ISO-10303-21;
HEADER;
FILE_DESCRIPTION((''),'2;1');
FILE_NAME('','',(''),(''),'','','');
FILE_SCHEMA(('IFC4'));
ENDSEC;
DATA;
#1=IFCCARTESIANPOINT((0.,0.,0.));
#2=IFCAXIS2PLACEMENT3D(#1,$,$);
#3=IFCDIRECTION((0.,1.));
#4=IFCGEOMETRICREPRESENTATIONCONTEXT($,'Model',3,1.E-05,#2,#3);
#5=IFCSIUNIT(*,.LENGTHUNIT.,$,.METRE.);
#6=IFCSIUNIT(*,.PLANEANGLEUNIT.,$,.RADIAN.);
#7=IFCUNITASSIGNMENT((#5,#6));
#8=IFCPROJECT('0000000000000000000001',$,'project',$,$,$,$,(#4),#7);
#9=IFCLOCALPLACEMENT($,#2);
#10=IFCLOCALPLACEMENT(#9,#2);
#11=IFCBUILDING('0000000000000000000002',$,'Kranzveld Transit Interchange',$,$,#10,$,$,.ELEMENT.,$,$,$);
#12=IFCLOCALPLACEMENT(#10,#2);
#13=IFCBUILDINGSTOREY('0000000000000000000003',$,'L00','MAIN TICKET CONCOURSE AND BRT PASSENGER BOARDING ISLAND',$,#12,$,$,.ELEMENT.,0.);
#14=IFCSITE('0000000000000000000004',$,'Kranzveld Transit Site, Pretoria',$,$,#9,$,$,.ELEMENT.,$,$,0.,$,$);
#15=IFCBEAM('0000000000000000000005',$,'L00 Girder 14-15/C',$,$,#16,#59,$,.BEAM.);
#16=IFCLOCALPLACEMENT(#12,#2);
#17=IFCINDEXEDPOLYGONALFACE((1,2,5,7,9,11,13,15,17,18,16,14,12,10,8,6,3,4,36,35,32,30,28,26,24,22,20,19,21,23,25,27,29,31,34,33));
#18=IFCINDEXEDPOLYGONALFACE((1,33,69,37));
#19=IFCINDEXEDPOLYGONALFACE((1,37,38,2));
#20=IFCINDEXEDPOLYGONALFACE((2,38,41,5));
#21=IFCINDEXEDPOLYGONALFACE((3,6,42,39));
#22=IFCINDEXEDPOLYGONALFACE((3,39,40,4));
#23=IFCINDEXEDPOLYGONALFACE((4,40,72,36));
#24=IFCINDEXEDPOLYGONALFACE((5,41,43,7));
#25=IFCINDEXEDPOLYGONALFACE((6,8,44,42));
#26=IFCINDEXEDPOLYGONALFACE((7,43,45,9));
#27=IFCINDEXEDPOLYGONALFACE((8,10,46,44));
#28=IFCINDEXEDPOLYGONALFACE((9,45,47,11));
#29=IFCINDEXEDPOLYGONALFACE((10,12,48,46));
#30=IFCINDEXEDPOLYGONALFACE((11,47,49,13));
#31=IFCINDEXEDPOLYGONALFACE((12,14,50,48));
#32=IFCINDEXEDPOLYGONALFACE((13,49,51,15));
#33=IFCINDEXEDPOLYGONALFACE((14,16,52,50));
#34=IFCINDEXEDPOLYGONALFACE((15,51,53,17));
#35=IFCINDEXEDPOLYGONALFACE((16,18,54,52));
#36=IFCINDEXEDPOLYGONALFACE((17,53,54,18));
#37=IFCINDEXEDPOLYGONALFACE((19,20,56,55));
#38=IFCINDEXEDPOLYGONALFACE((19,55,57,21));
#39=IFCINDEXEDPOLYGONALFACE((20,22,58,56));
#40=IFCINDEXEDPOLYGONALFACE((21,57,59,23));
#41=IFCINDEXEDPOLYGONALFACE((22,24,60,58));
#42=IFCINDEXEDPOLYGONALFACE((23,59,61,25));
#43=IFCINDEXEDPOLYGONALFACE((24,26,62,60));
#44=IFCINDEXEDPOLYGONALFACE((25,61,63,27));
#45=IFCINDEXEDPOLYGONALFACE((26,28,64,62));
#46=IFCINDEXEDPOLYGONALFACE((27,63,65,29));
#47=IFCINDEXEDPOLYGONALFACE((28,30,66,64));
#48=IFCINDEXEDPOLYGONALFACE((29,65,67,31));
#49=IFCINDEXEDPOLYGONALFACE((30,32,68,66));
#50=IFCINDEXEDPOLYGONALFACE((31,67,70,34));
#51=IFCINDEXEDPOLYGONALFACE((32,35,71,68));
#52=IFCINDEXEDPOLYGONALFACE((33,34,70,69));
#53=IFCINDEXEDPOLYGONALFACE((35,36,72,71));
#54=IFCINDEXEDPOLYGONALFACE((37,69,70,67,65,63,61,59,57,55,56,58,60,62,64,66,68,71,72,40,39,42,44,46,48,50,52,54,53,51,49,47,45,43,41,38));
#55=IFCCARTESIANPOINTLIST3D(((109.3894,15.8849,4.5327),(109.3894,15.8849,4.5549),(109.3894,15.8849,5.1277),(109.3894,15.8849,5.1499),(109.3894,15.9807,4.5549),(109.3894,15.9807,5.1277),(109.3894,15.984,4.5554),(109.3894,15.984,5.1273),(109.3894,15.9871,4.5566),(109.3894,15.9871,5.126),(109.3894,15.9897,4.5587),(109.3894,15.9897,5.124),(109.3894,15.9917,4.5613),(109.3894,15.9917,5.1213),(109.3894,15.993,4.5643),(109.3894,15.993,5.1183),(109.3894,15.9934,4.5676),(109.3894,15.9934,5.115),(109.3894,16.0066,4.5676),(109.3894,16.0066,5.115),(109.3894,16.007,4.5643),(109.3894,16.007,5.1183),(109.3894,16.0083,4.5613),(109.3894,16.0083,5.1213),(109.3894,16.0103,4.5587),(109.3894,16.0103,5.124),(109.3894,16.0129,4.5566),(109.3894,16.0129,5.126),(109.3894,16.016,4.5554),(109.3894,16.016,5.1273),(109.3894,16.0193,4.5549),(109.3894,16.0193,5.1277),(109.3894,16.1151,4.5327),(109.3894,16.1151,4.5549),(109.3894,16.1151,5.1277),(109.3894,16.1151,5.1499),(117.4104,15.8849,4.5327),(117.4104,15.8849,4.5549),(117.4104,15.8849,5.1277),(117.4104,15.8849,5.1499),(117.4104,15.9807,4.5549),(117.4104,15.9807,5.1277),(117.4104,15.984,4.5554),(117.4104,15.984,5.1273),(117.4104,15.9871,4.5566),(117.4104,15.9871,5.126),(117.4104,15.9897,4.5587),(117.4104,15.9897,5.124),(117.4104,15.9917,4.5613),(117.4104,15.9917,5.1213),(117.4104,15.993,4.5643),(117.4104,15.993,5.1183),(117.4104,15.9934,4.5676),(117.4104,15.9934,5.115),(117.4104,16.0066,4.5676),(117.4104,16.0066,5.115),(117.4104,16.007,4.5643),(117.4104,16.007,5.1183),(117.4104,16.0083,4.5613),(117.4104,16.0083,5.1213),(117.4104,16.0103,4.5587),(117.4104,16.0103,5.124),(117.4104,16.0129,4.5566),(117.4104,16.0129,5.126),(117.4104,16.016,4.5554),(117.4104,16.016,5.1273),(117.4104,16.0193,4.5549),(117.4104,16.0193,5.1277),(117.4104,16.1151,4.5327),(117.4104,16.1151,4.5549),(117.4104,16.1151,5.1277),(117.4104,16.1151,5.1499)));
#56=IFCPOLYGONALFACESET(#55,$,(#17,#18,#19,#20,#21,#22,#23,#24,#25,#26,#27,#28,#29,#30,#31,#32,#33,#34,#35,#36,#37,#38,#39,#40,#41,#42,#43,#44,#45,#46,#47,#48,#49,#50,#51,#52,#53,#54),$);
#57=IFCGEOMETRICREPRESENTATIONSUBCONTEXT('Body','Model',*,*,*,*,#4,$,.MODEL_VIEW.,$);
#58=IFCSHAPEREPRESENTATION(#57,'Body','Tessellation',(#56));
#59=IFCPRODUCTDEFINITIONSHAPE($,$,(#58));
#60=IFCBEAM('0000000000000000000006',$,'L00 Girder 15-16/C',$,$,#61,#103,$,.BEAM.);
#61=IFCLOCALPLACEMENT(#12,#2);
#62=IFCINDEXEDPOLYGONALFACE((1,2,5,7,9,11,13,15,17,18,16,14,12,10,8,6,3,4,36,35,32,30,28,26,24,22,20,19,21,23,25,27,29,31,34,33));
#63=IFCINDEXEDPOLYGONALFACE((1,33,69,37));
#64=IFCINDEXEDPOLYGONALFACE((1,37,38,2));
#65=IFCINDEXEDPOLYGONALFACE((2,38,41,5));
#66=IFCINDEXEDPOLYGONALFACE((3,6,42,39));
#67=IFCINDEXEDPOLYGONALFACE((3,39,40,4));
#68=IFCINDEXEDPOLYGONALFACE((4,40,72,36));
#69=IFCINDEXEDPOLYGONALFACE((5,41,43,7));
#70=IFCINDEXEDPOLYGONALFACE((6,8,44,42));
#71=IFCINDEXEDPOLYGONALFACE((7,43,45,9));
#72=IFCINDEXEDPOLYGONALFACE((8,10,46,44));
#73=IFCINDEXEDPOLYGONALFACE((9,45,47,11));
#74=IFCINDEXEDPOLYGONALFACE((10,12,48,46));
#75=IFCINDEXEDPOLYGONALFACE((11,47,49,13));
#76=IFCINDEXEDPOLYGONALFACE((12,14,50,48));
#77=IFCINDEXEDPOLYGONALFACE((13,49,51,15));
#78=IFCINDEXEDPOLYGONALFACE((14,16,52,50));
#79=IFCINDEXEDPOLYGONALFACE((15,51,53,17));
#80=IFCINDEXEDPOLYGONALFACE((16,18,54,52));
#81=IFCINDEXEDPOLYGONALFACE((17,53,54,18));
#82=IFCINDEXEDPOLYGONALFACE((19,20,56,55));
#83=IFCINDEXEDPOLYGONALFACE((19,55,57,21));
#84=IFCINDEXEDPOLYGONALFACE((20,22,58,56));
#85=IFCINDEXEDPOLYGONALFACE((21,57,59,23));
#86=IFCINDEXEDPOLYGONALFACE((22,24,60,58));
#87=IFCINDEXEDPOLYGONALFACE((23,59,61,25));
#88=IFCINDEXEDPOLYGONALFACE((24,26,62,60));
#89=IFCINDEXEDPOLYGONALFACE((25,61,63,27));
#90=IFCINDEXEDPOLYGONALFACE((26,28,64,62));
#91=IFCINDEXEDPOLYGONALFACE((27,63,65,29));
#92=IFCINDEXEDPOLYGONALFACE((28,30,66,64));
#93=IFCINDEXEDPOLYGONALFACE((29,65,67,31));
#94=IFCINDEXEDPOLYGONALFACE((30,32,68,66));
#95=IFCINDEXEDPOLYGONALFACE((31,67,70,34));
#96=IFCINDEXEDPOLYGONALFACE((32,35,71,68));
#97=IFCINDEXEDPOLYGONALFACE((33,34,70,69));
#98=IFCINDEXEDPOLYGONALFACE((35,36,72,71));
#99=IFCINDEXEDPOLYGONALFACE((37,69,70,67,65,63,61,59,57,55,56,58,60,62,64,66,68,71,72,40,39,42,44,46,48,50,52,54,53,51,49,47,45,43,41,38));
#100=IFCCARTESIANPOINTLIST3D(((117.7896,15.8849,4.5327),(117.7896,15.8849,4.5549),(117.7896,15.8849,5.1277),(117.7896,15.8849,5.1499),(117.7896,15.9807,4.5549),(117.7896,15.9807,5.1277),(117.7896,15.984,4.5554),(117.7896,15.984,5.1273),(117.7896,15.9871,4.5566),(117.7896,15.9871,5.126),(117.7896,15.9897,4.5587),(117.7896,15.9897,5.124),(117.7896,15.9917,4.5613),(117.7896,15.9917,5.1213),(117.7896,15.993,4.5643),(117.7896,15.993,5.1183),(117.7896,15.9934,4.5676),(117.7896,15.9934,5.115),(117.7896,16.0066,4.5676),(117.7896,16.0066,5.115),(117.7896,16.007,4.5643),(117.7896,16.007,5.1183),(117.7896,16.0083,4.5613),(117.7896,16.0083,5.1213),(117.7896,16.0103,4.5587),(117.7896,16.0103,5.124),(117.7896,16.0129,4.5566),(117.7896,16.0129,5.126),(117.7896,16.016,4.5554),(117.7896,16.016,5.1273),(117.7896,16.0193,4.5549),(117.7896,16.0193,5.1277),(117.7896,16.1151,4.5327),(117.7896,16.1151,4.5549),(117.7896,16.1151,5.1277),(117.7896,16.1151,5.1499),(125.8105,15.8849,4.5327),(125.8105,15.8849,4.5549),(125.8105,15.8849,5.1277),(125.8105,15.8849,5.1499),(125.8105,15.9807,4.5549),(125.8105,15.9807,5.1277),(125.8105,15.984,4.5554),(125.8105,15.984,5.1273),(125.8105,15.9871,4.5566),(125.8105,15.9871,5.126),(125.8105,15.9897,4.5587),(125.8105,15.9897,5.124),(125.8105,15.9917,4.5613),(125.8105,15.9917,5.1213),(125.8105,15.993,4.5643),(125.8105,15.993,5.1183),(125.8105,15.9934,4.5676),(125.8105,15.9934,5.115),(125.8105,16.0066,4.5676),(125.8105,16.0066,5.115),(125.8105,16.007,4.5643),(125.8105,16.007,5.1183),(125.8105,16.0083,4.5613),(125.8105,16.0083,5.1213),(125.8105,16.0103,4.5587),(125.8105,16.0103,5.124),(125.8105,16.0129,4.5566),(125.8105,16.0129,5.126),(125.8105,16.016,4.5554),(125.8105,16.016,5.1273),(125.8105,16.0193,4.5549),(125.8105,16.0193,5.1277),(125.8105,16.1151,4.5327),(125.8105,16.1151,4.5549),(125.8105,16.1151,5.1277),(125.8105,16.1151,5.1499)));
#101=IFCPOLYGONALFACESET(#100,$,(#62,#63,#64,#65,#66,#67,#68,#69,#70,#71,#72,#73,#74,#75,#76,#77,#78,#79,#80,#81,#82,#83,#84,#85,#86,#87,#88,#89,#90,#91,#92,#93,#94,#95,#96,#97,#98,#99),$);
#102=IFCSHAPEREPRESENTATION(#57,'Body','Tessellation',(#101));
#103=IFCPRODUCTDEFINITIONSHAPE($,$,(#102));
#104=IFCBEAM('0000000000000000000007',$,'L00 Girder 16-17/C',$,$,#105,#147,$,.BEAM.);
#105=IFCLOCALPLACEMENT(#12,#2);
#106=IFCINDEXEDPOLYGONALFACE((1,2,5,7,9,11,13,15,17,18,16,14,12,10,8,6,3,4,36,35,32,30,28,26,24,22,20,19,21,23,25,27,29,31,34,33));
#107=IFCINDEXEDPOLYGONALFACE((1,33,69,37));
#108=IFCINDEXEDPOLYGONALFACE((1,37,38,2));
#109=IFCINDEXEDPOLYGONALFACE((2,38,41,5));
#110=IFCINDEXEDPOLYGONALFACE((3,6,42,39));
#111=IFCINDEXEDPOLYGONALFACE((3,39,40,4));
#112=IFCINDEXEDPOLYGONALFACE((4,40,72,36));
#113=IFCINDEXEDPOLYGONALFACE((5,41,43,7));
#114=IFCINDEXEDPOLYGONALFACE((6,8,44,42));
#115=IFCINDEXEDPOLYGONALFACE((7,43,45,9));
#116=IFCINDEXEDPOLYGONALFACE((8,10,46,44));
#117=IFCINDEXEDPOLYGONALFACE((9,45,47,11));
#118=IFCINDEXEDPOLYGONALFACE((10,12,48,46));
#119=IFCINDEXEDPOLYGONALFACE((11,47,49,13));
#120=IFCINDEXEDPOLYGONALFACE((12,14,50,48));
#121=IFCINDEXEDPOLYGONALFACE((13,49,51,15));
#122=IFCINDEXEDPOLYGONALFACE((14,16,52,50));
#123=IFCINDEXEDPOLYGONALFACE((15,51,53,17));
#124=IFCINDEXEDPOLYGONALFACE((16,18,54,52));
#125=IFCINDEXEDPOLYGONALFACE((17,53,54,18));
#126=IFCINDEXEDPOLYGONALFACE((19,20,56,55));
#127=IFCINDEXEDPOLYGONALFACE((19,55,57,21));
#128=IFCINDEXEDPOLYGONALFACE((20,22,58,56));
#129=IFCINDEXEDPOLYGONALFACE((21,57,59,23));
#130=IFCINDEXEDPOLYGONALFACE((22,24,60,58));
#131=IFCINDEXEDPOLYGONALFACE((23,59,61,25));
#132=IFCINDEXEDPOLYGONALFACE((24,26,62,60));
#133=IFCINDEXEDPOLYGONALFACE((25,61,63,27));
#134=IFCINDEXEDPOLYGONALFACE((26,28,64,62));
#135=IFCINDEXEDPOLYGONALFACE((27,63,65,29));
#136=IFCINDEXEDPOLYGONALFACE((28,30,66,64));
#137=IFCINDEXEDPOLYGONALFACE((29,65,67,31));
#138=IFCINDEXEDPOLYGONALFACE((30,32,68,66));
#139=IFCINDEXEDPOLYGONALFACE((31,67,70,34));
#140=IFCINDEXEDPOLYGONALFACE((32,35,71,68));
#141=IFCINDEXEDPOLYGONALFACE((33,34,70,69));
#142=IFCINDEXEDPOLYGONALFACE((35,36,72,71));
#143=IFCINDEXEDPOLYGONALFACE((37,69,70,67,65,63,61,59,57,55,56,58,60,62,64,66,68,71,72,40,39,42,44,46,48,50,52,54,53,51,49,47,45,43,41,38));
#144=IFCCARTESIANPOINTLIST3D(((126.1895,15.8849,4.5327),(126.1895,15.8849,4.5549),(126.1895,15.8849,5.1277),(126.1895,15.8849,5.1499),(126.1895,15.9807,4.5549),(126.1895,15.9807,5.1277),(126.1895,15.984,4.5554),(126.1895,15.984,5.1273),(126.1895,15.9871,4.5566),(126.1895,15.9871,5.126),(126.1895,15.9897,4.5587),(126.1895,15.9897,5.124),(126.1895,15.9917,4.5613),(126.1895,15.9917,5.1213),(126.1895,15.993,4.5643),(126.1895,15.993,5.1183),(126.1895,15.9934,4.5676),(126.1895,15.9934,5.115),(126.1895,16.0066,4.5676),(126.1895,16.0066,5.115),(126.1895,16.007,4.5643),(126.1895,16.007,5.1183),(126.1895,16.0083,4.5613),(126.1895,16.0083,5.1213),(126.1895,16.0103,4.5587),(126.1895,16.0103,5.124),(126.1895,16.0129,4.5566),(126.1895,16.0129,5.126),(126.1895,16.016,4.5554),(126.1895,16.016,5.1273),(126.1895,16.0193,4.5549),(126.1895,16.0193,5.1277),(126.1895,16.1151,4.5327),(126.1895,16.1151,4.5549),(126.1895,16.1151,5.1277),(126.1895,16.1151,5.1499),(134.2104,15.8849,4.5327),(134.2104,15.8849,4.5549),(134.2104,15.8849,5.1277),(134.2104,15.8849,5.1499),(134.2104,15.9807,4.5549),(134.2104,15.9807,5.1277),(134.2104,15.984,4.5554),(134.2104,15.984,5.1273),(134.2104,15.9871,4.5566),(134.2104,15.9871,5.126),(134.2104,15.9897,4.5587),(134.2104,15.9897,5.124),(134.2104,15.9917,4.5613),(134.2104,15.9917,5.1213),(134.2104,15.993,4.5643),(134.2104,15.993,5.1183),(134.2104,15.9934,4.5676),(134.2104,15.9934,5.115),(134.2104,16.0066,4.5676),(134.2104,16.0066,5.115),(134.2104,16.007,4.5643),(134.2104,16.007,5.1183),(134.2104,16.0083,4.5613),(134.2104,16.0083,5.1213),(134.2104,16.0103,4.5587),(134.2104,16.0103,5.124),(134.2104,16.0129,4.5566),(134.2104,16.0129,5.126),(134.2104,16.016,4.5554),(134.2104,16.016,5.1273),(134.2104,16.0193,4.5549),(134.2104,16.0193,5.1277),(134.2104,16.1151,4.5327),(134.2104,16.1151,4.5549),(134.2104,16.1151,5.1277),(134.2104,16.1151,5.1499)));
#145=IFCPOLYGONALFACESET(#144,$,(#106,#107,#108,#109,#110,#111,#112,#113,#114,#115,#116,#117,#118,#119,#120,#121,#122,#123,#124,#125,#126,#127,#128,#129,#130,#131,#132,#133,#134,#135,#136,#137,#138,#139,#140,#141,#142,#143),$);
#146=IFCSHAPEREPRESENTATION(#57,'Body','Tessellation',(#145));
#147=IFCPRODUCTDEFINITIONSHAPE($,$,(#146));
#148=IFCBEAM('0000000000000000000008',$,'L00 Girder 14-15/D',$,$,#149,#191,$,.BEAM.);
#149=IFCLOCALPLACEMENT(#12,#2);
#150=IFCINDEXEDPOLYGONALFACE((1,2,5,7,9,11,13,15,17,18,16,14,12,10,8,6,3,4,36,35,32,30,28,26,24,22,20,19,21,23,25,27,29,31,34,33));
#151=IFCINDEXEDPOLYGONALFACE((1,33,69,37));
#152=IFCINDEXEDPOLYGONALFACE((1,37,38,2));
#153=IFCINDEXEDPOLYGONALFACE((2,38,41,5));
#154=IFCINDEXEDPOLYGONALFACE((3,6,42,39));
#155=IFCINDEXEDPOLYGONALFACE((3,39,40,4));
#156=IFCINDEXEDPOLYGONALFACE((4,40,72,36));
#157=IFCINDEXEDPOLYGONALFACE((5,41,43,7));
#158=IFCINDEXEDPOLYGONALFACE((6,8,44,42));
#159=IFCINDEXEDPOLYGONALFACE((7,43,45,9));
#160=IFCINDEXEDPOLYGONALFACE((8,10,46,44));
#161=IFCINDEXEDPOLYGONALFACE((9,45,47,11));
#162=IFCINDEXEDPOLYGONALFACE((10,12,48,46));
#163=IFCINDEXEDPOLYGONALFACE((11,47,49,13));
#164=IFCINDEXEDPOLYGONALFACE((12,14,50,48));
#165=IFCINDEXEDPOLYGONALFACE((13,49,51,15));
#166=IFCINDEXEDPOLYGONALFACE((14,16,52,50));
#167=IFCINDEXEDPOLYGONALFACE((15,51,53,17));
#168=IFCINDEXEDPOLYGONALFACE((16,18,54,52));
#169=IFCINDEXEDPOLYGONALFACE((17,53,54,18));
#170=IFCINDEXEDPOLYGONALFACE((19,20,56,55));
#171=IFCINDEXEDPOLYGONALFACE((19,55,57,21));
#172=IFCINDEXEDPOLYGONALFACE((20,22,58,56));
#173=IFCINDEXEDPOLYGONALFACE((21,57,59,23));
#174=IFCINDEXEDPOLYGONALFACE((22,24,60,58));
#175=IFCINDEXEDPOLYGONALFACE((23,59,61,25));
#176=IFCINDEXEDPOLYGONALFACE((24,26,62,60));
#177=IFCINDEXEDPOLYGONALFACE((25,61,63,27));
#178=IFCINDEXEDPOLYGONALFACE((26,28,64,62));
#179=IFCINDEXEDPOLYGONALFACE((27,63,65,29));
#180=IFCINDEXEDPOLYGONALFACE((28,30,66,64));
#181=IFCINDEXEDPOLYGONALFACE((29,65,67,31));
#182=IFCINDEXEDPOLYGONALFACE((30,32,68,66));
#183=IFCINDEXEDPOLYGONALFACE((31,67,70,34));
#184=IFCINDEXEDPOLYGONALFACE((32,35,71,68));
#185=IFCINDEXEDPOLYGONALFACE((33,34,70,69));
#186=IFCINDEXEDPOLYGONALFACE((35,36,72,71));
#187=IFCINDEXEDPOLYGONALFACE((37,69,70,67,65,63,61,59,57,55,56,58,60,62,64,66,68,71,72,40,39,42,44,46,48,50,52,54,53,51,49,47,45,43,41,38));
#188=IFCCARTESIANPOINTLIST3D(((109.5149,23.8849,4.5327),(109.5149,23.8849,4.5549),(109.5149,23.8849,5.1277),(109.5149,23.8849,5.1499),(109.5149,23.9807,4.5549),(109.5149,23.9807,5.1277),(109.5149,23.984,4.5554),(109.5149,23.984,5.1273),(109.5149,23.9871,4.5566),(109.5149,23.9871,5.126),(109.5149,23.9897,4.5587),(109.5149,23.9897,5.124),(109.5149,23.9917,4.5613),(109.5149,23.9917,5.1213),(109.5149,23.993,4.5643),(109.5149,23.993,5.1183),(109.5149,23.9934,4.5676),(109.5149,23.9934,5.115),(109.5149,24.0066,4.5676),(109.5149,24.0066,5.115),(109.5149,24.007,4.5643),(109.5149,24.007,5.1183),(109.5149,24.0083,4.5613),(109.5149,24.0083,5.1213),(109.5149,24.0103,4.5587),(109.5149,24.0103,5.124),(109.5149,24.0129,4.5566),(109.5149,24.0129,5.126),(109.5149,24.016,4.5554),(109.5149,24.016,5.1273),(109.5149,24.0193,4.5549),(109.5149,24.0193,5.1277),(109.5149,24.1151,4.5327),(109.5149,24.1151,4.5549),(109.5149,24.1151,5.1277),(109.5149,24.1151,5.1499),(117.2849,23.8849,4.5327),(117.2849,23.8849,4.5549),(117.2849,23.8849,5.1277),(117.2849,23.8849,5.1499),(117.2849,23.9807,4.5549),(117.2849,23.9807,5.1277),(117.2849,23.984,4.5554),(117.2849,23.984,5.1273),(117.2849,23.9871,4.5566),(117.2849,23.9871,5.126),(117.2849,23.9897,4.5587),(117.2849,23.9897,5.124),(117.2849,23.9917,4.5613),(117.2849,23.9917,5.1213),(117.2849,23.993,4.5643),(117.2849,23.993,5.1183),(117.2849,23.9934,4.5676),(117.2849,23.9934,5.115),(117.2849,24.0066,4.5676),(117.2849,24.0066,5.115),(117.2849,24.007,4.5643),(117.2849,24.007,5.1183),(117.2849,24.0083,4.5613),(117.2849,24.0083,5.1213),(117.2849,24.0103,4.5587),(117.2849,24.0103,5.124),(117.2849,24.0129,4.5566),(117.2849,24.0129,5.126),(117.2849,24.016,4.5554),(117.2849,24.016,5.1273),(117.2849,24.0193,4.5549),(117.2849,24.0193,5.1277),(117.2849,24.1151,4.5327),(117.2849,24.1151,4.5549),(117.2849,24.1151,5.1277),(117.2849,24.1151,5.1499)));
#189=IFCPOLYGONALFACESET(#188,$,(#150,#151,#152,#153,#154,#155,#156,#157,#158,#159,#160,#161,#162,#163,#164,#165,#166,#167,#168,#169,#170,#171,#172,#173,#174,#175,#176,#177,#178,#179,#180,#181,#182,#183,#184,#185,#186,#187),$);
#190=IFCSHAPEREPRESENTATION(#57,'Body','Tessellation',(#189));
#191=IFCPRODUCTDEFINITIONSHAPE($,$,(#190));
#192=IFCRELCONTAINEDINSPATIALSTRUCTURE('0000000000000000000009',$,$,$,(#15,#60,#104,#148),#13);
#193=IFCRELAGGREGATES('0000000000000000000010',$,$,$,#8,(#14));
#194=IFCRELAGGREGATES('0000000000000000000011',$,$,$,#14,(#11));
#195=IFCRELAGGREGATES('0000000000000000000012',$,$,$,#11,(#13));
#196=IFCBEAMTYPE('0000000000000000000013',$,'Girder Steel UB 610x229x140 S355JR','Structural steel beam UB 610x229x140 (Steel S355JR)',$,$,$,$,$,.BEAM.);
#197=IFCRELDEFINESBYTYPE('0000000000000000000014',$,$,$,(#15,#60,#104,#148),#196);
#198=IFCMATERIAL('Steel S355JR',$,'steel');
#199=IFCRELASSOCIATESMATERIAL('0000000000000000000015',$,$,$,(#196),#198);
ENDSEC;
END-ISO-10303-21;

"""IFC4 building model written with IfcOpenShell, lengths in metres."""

from ifc_helpers import new_model, si_unit, direction, frame, origin, origin_2d, place, context, subcontext, project, spatial, i_section, extrude, material, material_profile, profile_set, type_object, element, save


model = new_model("IFC4")

# Units and contexts
model_context = context("Model", 3, precision=1e-05, world=origin(), true_north=direction((0.0, 1.0)))
body_context = subcontext(model_context, "Body", "Model", "MODEL_VIEW")
ifc_project = project(units=[si_unit("LENGTHUNIT", "METRE"), si_unit("PLANEANGLEUNIT", "RADIAN")], contexts=[model_context])

# Site, building, storey
site_placement = place(None, origin())
site = spatial("IfcSite", under=ifc_project, at=site_placement, Name="Kranzveld Transit Site, Pretoria", CompositionType="ELEMENT", RefElevation=0.0)
building_placement = place(site_placement, origin())
building = spatial("IfcBuilding", under=site, at=building_placement, Name="Kranzveld Transit Interchange", CompositionType="ELEMENT")
storey_placement = place(building_placement, origin())
storey = spatial("IfcBuildingStorey", under=building, at=storey_placement, Name="L00", Description="MAIN TICKET CONCOURSE AND BRT PASSENGER BOARDING ISLAND", CompositionType="ELEMENT", Elevation=0.0)

# Beams
ifc_material_1 = material(Name="Steel S355JR", Category="steel")
ifc_material_profile_1 = material_profile(ifc_material_1, i_section(OverallWidth=0.2302, OverallDepth=0.6172, WebThickness=0.0132, FlangeThickness=0.0222, FilletRadius=0.0127, at=origin_2d()), Name="UB 610x229x140")
ifc_profile_set_1 = profile_set([ifc_material_profile_1], Name="Steel S355JR")
beam_type_1 = type_object("IfcBeamType", Name="Girder Steel UB 610x229x140 S355JR", Description="Structural steel beam UB 610x229x140 (Steel S355JR)", PredefinedType="BEAM", material=ifc_profile_set_1)
for number, where, z_axis, x_axis, name in (
    (1, (109.3894, 16.0, 4.8413), (1.0, 0.0, 0.0), (0.0, 1.0, 0.0), "L00 Girder 14-15/C"),
    (2, (117.7896, 16.0, 4.8413), (1.0, 0.0, 0.0), (0.0, 1.0, 0.0), "L00 Girder 15-16/C"),
    (3, (126.1895, 16.0, 4.8413), (1.0, 0.0, 0.0), (0.0, 1.0, 0.0), "L00 Girder 16-17/C"),
):
    element("IfcBeam", number, at=place(storey_placement, frame(where, z_axis=z_axis, x_axis=x_axis)), inside=storey, type_object=beam_type_1, Name=name, PredefinedType="BEAM", context=body_context, shape_type="SweptSolid", body=[
        extrude(i_section(OverallWidth=0.2302, OverallDepth=0.6172, WebThickness=0.0132, FlangeThickness=0.0222, FilletRadius=0.0127, at=origin_2d()), origin(), (0.0, 0.0, 1.0), 8.021),
    ])
for number, where, z_axis, x_axis, name in (
    (4, (109.5149, 24.0, 4.8413), (1.0, 0.0, 0.0), (0.0, 1.0, 0.0), "L00 Girder 14-15/D"),
):
    element("IfcBeam", number, at=place(storey_placement, frame(where, z_axis=z_axis, x_axis=x_axis)), inside=storey, type_object=beam_type_1, Name=name, PredefinedType="BEAM", context=body_context, shape_type="SweptSolid", body=[
        extrude(i_section(OverallWidth=0.2302, OverallDepth=0.6172, WebThickness=0.0132, FlangeThickness=0.0222, FilletRadius=0.0127, at=origin_2d()), origin(), (0.0, 0.0, 1.0), 7.77),
    ])

save(model, "model.ifc")
